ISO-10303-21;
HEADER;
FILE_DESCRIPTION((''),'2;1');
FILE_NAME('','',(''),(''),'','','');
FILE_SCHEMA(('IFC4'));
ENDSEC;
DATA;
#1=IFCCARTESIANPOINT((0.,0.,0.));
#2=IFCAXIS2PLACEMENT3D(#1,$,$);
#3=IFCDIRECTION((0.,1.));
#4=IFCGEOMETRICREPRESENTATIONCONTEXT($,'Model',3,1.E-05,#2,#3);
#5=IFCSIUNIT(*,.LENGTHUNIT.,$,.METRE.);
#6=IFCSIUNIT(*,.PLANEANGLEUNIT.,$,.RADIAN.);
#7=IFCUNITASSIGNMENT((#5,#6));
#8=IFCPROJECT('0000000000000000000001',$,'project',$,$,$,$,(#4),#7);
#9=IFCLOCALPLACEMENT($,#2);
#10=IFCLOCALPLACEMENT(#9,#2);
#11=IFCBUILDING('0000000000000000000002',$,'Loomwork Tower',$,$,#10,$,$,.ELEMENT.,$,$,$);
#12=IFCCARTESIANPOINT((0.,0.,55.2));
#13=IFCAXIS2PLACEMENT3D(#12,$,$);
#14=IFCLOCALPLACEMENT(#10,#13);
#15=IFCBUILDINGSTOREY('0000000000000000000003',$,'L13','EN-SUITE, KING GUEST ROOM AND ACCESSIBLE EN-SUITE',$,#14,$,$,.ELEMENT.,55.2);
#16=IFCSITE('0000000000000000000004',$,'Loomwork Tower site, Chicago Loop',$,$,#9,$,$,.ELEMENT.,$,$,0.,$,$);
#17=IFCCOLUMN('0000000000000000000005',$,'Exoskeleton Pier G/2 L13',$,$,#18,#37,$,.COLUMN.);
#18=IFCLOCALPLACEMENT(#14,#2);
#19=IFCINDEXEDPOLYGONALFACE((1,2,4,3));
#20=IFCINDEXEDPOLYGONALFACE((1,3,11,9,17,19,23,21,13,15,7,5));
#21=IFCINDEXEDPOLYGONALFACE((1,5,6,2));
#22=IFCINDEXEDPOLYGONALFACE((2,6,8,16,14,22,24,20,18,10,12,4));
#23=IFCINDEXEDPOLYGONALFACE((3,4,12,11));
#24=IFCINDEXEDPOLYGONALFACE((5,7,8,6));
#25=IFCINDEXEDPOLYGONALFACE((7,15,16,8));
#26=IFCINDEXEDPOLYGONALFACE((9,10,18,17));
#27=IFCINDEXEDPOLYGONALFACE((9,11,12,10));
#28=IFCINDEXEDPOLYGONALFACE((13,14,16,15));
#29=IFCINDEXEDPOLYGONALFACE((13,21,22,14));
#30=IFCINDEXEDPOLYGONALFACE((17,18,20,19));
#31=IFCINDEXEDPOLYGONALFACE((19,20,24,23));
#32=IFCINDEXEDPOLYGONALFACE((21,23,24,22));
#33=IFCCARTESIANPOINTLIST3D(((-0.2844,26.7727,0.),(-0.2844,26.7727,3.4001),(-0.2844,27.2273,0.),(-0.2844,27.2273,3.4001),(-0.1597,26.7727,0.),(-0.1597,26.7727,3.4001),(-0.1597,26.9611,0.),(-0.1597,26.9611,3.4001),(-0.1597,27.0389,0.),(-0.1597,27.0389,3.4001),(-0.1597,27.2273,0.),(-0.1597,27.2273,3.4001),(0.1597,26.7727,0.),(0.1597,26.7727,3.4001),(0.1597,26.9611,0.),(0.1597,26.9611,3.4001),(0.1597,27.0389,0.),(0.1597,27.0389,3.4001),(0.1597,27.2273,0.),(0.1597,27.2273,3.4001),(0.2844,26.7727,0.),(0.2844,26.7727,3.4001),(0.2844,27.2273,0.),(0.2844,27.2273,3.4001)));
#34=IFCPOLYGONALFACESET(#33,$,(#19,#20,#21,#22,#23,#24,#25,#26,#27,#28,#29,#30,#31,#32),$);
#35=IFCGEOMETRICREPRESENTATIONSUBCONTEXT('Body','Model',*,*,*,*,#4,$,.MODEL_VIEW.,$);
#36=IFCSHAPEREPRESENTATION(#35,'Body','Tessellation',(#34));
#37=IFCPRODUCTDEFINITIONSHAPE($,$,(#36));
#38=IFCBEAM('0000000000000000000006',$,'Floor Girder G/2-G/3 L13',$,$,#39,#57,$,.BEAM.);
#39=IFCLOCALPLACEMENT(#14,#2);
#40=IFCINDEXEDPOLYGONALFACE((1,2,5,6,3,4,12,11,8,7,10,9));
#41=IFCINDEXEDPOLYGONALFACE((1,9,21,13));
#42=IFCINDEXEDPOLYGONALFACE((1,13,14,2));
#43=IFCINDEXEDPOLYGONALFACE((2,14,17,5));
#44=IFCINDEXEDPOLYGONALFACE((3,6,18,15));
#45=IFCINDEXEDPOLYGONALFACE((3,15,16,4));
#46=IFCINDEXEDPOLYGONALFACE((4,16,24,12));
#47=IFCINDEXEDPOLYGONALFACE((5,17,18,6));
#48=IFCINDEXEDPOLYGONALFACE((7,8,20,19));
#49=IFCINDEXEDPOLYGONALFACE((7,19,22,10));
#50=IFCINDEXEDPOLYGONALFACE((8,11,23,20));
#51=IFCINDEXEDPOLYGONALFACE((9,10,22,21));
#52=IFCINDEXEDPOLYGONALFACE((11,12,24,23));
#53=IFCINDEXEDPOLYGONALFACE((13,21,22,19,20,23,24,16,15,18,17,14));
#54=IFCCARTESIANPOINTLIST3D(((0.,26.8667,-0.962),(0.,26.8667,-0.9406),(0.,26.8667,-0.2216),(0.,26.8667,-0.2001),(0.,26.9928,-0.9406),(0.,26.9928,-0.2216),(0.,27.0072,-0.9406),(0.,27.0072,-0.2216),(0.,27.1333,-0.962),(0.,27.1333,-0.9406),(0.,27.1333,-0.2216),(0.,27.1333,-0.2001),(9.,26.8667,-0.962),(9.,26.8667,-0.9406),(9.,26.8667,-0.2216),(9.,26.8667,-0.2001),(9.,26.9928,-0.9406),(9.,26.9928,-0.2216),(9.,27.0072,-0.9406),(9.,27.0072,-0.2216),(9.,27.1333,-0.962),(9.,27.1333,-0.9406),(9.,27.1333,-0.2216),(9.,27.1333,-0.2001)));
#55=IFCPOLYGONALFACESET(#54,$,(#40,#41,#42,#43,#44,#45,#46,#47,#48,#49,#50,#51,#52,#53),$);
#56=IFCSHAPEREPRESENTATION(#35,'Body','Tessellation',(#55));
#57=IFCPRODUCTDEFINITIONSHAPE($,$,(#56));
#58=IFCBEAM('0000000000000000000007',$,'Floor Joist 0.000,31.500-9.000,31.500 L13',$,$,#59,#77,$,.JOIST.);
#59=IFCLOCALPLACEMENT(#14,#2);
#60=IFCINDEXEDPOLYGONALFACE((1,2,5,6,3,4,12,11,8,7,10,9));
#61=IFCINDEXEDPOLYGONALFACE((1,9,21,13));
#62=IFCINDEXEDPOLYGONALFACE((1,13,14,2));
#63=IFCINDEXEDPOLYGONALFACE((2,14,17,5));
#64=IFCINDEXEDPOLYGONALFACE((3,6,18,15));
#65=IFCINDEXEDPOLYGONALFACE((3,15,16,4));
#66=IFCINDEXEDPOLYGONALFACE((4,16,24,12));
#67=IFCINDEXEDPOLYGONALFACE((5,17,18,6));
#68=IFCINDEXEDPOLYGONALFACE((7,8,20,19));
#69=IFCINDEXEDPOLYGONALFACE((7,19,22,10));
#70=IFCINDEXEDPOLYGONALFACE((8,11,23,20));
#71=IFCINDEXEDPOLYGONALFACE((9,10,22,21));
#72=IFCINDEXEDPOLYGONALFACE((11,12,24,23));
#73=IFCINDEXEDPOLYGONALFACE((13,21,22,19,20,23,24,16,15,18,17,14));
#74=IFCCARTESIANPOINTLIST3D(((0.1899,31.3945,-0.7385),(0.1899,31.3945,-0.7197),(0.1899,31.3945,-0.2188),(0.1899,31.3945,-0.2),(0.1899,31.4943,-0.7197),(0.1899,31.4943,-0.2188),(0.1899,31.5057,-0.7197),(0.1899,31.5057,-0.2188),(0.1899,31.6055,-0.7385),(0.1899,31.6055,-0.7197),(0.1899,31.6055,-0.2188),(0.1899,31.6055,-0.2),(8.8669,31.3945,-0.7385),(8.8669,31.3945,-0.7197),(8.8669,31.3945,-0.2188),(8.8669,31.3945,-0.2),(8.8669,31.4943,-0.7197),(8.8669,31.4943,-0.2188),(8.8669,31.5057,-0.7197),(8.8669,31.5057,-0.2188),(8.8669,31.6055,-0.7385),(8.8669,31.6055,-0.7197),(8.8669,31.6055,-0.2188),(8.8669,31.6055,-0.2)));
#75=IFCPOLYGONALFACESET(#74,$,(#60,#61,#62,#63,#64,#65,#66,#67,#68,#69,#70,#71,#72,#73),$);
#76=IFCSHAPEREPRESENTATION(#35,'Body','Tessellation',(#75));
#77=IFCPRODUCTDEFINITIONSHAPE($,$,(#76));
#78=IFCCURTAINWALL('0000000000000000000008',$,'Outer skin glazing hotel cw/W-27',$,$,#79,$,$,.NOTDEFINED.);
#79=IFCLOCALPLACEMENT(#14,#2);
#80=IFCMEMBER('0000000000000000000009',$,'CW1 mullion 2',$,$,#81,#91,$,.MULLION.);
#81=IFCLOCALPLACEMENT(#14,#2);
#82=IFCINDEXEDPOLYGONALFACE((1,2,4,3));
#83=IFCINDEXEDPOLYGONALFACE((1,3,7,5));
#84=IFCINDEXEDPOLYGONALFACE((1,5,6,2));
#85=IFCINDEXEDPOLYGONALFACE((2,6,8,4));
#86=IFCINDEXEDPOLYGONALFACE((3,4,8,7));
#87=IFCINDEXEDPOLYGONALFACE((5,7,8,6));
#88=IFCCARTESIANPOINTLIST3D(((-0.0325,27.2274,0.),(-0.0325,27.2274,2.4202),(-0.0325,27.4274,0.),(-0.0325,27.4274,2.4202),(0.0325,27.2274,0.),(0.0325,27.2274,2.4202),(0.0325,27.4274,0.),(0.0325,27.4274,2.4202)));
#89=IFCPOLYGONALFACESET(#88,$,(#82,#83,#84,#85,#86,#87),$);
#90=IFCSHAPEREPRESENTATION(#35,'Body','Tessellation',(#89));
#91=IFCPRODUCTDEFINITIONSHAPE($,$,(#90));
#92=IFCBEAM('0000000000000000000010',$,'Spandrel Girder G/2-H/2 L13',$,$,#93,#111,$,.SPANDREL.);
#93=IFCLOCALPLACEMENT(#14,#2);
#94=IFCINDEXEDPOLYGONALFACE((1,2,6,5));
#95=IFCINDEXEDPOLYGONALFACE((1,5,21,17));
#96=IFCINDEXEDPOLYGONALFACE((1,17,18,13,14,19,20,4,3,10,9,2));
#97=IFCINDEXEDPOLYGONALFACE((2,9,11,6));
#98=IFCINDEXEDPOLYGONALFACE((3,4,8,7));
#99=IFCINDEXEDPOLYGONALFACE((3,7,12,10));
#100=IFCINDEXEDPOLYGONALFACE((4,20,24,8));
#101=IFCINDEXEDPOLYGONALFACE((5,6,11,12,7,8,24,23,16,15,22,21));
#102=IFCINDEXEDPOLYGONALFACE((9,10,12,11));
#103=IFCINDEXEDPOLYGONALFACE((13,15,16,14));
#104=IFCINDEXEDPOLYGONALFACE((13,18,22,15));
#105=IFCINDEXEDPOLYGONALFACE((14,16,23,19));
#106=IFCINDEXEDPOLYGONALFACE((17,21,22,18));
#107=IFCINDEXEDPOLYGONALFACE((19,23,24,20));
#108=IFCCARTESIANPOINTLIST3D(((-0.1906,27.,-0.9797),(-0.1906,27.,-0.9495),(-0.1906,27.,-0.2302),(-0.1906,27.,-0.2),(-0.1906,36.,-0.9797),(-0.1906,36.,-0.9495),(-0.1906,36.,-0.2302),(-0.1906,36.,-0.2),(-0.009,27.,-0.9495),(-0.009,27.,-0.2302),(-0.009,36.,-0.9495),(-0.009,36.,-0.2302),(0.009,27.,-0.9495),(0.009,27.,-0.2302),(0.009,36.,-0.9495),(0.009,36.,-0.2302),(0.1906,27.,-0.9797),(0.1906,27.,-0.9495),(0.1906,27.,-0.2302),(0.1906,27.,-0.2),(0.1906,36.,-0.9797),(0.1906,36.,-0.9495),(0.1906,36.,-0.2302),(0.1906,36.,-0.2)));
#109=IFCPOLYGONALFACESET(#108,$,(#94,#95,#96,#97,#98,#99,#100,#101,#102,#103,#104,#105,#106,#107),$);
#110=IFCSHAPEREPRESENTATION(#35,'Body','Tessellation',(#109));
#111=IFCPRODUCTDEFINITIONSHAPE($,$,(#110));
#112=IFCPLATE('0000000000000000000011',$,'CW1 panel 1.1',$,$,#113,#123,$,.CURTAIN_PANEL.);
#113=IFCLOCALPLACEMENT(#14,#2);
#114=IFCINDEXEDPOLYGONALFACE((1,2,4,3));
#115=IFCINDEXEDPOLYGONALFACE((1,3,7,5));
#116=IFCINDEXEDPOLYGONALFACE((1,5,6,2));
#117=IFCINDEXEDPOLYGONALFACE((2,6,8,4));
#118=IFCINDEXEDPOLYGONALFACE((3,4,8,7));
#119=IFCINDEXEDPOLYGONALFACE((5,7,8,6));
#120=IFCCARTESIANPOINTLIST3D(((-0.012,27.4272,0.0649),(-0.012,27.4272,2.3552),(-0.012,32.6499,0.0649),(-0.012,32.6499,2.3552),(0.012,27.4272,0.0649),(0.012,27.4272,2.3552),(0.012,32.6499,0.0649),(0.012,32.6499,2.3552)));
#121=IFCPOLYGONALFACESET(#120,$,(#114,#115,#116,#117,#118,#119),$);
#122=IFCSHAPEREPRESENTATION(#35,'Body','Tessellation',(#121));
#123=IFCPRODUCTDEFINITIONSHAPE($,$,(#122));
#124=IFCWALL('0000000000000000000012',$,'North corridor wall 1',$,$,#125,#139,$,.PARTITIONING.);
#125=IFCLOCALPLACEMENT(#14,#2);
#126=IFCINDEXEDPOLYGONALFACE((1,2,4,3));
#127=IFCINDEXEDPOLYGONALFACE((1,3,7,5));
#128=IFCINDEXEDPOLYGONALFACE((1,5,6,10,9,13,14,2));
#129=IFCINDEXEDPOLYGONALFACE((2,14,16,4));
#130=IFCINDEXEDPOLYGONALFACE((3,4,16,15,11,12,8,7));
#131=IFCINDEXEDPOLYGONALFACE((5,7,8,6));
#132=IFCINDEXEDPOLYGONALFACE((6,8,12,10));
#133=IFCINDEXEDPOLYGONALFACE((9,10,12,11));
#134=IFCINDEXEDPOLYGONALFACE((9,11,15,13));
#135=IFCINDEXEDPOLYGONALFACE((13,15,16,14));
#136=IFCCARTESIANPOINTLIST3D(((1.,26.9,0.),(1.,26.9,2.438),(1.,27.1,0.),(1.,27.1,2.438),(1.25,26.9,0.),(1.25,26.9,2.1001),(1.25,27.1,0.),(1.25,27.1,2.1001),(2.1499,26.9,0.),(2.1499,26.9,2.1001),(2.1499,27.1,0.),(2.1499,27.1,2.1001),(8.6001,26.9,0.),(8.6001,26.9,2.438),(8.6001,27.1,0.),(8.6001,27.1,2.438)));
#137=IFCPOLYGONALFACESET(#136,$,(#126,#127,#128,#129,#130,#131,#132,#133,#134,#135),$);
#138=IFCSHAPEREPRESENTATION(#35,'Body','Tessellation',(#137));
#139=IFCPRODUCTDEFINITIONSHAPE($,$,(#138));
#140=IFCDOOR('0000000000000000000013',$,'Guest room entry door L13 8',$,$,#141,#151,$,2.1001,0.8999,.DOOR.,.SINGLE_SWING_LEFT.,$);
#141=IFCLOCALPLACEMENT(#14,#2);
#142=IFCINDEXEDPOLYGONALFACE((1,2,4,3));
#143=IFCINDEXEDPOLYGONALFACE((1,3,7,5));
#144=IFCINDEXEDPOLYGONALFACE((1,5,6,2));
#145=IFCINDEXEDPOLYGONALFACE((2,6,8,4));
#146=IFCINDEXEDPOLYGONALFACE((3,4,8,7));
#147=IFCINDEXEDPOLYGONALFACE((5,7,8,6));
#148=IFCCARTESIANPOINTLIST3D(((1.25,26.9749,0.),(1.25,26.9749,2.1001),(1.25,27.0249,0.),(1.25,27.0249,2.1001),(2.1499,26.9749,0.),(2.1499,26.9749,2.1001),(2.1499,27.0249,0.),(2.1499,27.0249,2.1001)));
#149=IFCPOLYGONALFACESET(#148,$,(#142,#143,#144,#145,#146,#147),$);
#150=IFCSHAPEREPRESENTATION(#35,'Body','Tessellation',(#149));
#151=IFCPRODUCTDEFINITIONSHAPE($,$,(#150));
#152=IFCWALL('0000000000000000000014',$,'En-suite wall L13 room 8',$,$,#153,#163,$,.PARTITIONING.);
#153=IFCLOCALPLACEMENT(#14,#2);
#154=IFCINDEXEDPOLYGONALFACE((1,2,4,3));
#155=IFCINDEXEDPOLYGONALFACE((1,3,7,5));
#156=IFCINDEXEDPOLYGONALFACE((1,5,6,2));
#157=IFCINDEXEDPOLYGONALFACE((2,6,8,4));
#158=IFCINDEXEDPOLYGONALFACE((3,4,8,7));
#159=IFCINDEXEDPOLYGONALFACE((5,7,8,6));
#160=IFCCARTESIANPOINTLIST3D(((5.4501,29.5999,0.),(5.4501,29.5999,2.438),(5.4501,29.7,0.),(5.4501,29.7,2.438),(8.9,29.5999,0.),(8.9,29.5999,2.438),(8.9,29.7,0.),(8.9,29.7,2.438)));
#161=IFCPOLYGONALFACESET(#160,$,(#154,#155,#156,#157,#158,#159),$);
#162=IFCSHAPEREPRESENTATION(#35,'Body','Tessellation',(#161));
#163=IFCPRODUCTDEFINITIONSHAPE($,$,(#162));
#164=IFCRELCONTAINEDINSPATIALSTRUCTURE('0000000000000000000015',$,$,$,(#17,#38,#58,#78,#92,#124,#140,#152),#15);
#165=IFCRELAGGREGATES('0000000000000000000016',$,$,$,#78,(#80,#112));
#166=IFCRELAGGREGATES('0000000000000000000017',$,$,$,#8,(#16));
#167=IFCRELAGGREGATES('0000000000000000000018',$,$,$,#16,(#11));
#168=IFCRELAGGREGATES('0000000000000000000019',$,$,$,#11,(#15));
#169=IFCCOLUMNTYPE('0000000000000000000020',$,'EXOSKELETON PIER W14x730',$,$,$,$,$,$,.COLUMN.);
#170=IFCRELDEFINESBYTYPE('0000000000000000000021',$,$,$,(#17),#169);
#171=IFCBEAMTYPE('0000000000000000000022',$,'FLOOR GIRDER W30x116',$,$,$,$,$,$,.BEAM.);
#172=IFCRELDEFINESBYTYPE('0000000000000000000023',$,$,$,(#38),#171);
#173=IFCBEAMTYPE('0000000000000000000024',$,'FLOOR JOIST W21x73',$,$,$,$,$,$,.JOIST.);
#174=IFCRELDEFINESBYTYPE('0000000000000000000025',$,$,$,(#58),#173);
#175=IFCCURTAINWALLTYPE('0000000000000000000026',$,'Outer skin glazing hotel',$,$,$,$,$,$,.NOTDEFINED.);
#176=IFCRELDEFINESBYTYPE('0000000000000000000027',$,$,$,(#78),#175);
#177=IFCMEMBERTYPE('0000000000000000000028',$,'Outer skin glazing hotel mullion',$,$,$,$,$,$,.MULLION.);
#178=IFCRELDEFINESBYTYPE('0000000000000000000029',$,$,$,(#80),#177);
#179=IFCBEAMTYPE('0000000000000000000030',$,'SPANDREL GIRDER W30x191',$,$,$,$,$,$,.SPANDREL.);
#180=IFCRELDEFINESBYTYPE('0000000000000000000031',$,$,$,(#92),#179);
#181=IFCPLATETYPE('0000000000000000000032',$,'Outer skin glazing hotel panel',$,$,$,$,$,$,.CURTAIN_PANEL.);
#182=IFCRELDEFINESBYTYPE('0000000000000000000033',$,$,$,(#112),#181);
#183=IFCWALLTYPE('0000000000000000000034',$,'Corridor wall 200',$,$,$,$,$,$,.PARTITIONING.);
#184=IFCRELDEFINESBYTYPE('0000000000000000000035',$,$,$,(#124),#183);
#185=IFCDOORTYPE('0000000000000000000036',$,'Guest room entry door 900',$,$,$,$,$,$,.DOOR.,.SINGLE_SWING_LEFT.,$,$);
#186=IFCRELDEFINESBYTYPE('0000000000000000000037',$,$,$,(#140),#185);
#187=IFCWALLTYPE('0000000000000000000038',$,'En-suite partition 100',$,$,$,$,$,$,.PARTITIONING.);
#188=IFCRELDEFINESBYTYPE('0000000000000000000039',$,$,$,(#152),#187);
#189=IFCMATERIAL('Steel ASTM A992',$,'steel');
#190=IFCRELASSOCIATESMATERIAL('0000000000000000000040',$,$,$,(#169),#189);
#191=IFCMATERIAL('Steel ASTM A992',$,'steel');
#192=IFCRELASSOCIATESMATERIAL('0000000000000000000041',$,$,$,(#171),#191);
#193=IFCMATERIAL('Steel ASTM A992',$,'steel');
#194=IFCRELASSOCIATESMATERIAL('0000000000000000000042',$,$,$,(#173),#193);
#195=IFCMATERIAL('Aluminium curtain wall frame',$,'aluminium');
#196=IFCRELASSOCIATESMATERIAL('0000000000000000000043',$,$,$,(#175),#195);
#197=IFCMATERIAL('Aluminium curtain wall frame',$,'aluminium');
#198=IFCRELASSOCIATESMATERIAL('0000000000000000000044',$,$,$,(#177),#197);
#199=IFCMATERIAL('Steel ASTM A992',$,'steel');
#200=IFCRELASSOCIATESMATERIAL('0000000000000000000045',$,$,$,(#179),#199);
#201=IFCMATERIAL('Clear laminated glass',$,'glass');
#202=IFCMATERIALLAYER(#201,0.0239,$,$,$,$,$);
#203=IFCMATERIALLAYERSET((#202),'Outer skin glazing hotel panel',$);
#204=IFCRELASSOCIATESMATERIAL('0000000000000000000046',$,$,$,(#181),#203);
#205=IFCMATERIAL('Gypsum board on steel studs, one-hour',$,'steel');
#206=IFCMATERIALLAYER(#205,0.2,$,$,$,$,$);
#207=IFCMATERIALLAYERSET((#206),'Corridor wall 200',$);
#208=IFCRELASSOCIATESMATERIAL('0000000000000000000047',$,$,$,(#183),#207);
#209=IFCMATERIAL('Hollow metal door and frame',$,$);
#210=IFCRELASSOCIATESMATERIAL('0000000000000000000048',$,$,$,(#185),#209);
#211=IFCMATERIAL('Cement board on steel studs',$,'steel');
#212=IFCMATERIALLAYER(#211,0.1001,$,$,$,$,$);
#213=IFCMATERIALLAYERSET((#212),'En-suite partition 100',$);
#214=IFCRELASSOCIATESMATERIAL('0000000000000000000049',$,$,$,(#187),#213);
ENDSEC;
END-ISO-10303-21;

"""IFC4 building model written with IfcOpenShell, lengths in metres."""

from ifc_helpers import new_model, si_unit, direction, frame, frame_2d, origin, origin_2d, place, context, subcontext, project, spatial, rectangle, i_section, extrude, material, layer, layer_set, material_profile, profile_set, type_object, element, fill, aggregate, save


model = new_model("IFC4")

# Units and contexts
model_context = context("Model", 3, precision=1e-05, world=origin(), true_north=direction((0.0, 1.0)))
body_context = subcontext(model_context, "Body", "Model", "MODEL_VIEW")
ifc_project = project(units=[si_unit("LENGTHUNIT", "METRE"), si_unit("PLANEANGLEUNIT", "RADIAN")], contexts=[model_context])

# Site, building, storey
site_placement = place(None, origin())
site = spatial("IfcSite", under=ifc_project, at=site_placement, Name="Loomwork Tower site, Chicago Loop", CompositionType="ELEMENT", RefElevation=0.0)
building_placement = place(site_placement, origin())
building = spatial("IfcBuilding", under=site, at=building_placement, Name="Loomwork Tower", CompositionType="ELEMENT")
storey_placement = place(building_placement, frame((0.0, 0.0, 55.2)))
storey = spatial("IfcBuildingStorey", under=building, at=storey_placement, Name="L13", Description="EN-SUITE, KING GUEST ROOM AND ACCESSIBLE EN-SUITE", CompositionType="ELEMENT", Elevation=55.2)

# Column
ifc_material_1 = material(Name="Steel ASTM A992", Category="steel")
ifc_material_profile_1 = material_profile(ifc_material_1, i_section(OverallWidth=0.4546, OverallDepth=0.5688, WebThickness=0.0779, FlangeThickness=0.1248, at=origin_2d()), Name="W14x730")
ifc_profile_set_1 = profile_set([ifc_material_profile_1], Name="Steel ASTM A992")
column_type = type_object("IfcColumnType", Name="EXOSKELETON PIER W14x730", PredefinedType="COLUMN", material=ifc_profile_set_1)
column_placement = place(storey_placement, frame((0.0, 27.0, 0.0), z_axis=(0.0, 0.0, 1.0), x_axis=(0.0, 1.0, 0.0)))
element("IfcColumn", 1, at=column_placement, inside=storey, type_object=column_type, Name="Exoskeleton Pier G/2 L13", PredefinedType="COLUMN", context=body_context, shape_type="SweptSolid", body=[
    extrude(i_section(OverallWidth=0.4546, OverallDepth=0.5688, WebThickness=0.0779, FlangeThickness=0.1248, at=origin_2d()), origin(), (0.0, 0.0, 1.0), 3.4001),
])

# Beams
ifc_material_2 = material(Name="Steel ASTM A992", Category="steel")
ifc_material_profile_2 = material_profile(ifc_material_2, i_section(OverallWidth=0.2666, OverallDepth=0.762, WebThickness=0.0144, FlangeThickness=0.0215, at=origin_2d()), Name="W30x116")
ifc_profile_set_2 = profile_set([ifc_material_profile_2], Name="Steel ASTM A992")
beam_type_1 = type_object("IfcBeamType", Name="FLOOR GIRDER W30x116", PredefinedType="BEAM", material=ifc_profile_set_2)
beam_1_placement = place(storey_placement, frame((0.0, 27.0, -0.5811), z_axis=(1.0, 0.0, 0.0), x_axis=(0.0, 1.0, 0.0)))
element("IfcBeam", 2, at=beam_1_placement, inside=storey, type_object=beam_type_1, Name="Floor Girder G/2-G/3 L13", PredefinedType="BEAM", context=body_context, shape_type="SweptSolid", body=[
    extrude(i_section(OverallWidth=0.2666, OverallDepth=0.762, WebThickness=0.0144, FlangeThickness=0.0215, at=origin_2d()), origin(), (0.0, 0.0, 1.0), 9.0),
])
ifc_material_3 = material(Name="Steel ASTM A992", Category="steel")
ifc_material_profile_3 = material_profile(ifc_material_3, i_section(OverallWidth=0.2109, OverallDepth=0.5386, WebThickness=0.0115, FlangeThickness=0.0188, at=origin_2d()), Name="W21x73")
ifc_profile_set_3 = profile_set([ifc_material_profile_3], Name="Steel ASTM A992")
beam_type_2 = type_object("IfcBeamType", Name="FLOOR JOIST W21x73", PredefinedType="JOIST", material=ifc_profile_set_3)
beam_2_placement = place(storey_placement, frame((0.1899, 31.5, -0.4692), z_axis=(1.0, 0.0, 0.0), x_axis=(0.0, 1.0, 0.0)))
element("IfcBeam", 3, at=beam_2_placement, inside=storey, type_object=beam_type_2, Name="Floor Joist 0.000,31.500-9.000,31.500 L13", PredefinedType="JOIST", context=body_context, shape_type="SweptSolid", body=[
    extrude(i_section(OverallWidth=0.2109, OverallDepth=0.5386, WebThickness=0.0115, FlangeThickness=0.0188, at=origin_2d()), origin(), (0.0, 0.0, 1.0), 8.677),
])

# Curtain wall, member
ifc_material_4 = material(Name="Aluminium curtain wall frame", Category="aluminium")
curtain_wall_type = type_object("IfcCurtainWallType", Name="Outer skin glazing hotel", PredefinedType="NOTDEFINED", material=ifc_material_4)
curtain_wall_placement = place(storey_placement, origin())
curtain_wall = element("IfcCurtainWall", 4, at=curtain_wall_placement, inside=storey, type_object=curtain_wall_type, Name="Outer skin glazing hotel cw/W-27", PredefinedType="NOTDEFINED")
ifc_material_5 = material(Name="Aluminium curtain wall frame", Category="aluminium")
ifc_material_profile_4 = material_profile(ifc_material_5, rectangle(XDim=0.0649, YDim=0.2, at=origin_2d()), Name="AL 65x200")
ifc_profile_set_4 = profile_set([ifc_material_profile_4], Name="Aluminium curtain wall frame")
member_type = type_object("IfcMemberType", Name="Outer skin glazing hotel mullion", PredefinedType="MULLION", material=ifc_profile_set_4)
member_placement = place(storey_placement, frame((0.0, 27.3274, 0.0), z_axis=(0.0, 0.0, 1.0), x_axis=(1.0, 0.0, 0.0)))
member = element("IfcMember", 5, at=member_placement, type_object=member_type, Name="CW1 mullion 2", PredefinedType="MULLION", context=body_context, shape_type="SweptSolid", body=[
    extrude(rectangle(XDim=0.0649, YDim=0.2, at=origin_2d()), origin(), (0.0, 0.0, 1.0), 2.4202),
])

# Beam
ifc_material_6 = material(Name="Steel ASTM A992", Category="steel")
ifc_material_profile_5 = material_profile(ifc_material_6, i_section(OverallWidth=0.3811, OverallDepth=0.7798, WebThickness=0.0181, FlangeThickness=0.0303, at=origin_2d()), Name="W30x191")
ifc_profile_set_5 = profile_set([ifc_material_profile_5], Name="Steel ASTM A992")
beam_type_3 = type_object("IfcBeamType", Name="SPANDREL GIRDER W30x191", PredefinedType="SPANDREL", material=ifc_profile_set_5)
beam_3_placement = place(storey_placement, frame((0.0, 27.0, -0.5898), z_axis=(0.0, 1.0, 0.0), x_axis=(-1.0, 0.0, 0.0)))
element("IfcBeam", 6, at=beam_3_placement, inside=storey, type_object=beam_type_3, Name="Spandrel Girder G/2-H/2 L13", PredefinedType="SPANDREL", context=body_context, shape_type="SweptSolid", body=[
    extrude(i_section(OverallWidth=0.3811, OverallDepth=0.7798, WebThickness=0.0181, FlangeThickness=0.0303, at=origin_2d()), origin(), (0.0, 0.0, 1.0), 9.0),
])

# Plate
ifc_material_7 = material(Name="Clear laminated glass", Category="glass")
ifc_layer_1 = layer(ifc_material_7, 0.0239)
ifc_layer_set_1 = layer_set([ifc_layer_1], Name="Outer skin glazing hotel panel")
plate_type = type_object("IfcPlateType", Name="Outer skin glazing hotel panel", PredefinedType="CURTAIN_PANEL", material=ifc_layer_set_1)
plate_placement = place(storey_placement, frame((0.0, 30.0386, 0.0649), z_axis=(0.0, 0.0, 1.0), x_axis=(0.0, -1.0, 0.0)))
plate = element("IfcPlate", 7, at=plate_placement, type_object=plate_type, Name="CW1 panel 1.1", PredefinedType="CURTAIN_PANEL", context=body_context, shape_type="SweptSolid", body=[
    extrude(rectangle(XDim=5.2227, YDim=0.0239, at=origin_2d()), origin(), (0.0, 0.0, 1.0), 2.2903),
])
aggregate(curtain_wall, [member, plate])

# Wall, opening, door
ifc_material_8 = material(Name="Gypsum board on steel studs, one-hour", Category="steel")
ifc_layer_2 = layer(ifc_material_8, 0.2)
ifc_layer_set_2 = layer_set([ifc_layer_2], Name="Corridor wall 200")
wall_type_1 = type_object("IfcWallType", Name="Corridor wall 200", PredefinedType="PARTITIONING", material=ifc_layer_set_2)
wall_1_placement = place(storey_placement, frame((1.0, 27.0, 0.0), z_axis=(0.0, 0.0, 1.0), x_axis=(1.0, 0.0, 0.0)))
wall_1 = element("IfcWall", 8, at=wall_1_placement, inside=storey, type_object=wall_type_1, Name="North corridor wall 1", PredefinedType="PARTITIONING", context=body_context, shape_type="SweptSolid", body=[
    extrude(rectangle(XDim=7.6001, YDim=0.2, at=frame_2d((3.8, 0.0))), origin(), (0.0, 0.0, 1.0), 2.438),
])
opening_1_placement = place(wall_1_placement, frame((0.25, 0.0, 0.0)))
opening_1 = element("IfcOpeningElement", 9, at=opening_1_placement, cuts=wall_1, PredefinedType="OPENING", context=body_context, shape_type="SweptSolid", body=[
    extrude(rectangle(XDim=0.8999, YDim=2.1001, at=frame_2d((0.45, 1.05))), frame((0.0, 0.1099, 0.0), z_axis=(0.0, -1.0, 0.0), x_axis=(1.0, 0.0, 0.0)), (0.0, 0.0, 1.0), 0.22),
])
ifc_material_9 = material(Name="Hollow metal door and frame")
door_type_1 = type_object("IfcDoorType", Name="Guest room entry door 900", OperationType="SINGLE_SWING_LEFT", PredefinedType="DOOR", material=ifc_material_9)
door_1_placement = place(opening_1_placement, origin())
door_1 = element("IfcDoor", 10, at=door_1_placement, inside=storey, type_object=door_type_1, Name="Guest room entry door L13 8", OperationType="SINGLE_SWING_LEFT", OverallHeight=2.1001, OverallWidth=0.8999, PredefinedType="DOOR", context=body_context, shape_type="SweptSolid", body=[
    extrude(rectangle(XDim=0.8999, YDim=2.1001, at=frame_2d((0.45, 1.05))), frame((0.0, 0.0249, 0.0), z_axis=(0.0, -1.0, 0.0), x_axis=(1.0, 0.0, 0.0)), (0.0, 0.0, 1.0), 0.05),
])
fill(opening_1, door_1)

# Wall
ifc_material_10 = material(Name="Cement board on steel studs", Category="steel")
ifc_layer_3 = layer(ifc_material_10, 0.1001)
ifc_layer_set_3 = layer_set([ifc_layer_3], Name="En-suite partition 100")
wall_type_2 = type_object("IfcWallType", Name="En-suite partition 100", PredefinedType="PARTITIONING", material=ifc_layer_set_3)
wall_2_placement = place(storey_placement, frame((5.45, 29.6499, 0.0), z_axis=(0.0, 0.0, 1.0), x_axis=(1.0, 0.0, 0.0)))
element("IfcWall", 11, at=wall_2_placement, inside=storey, type_object=wall_type_2, Name="En-suite wall L13 room 8", PredefinedType="PARTITIONING", context=body_context, shape_type="SweptSolid", body=[
    extrude(rectangle(XDim=3.45, YDim=0.1001, at=frame_2d((1.7251, 0.0))), origin(), (0.0, 0.0, 1.0), 2.438),
])

save(model, "model.ifc")
